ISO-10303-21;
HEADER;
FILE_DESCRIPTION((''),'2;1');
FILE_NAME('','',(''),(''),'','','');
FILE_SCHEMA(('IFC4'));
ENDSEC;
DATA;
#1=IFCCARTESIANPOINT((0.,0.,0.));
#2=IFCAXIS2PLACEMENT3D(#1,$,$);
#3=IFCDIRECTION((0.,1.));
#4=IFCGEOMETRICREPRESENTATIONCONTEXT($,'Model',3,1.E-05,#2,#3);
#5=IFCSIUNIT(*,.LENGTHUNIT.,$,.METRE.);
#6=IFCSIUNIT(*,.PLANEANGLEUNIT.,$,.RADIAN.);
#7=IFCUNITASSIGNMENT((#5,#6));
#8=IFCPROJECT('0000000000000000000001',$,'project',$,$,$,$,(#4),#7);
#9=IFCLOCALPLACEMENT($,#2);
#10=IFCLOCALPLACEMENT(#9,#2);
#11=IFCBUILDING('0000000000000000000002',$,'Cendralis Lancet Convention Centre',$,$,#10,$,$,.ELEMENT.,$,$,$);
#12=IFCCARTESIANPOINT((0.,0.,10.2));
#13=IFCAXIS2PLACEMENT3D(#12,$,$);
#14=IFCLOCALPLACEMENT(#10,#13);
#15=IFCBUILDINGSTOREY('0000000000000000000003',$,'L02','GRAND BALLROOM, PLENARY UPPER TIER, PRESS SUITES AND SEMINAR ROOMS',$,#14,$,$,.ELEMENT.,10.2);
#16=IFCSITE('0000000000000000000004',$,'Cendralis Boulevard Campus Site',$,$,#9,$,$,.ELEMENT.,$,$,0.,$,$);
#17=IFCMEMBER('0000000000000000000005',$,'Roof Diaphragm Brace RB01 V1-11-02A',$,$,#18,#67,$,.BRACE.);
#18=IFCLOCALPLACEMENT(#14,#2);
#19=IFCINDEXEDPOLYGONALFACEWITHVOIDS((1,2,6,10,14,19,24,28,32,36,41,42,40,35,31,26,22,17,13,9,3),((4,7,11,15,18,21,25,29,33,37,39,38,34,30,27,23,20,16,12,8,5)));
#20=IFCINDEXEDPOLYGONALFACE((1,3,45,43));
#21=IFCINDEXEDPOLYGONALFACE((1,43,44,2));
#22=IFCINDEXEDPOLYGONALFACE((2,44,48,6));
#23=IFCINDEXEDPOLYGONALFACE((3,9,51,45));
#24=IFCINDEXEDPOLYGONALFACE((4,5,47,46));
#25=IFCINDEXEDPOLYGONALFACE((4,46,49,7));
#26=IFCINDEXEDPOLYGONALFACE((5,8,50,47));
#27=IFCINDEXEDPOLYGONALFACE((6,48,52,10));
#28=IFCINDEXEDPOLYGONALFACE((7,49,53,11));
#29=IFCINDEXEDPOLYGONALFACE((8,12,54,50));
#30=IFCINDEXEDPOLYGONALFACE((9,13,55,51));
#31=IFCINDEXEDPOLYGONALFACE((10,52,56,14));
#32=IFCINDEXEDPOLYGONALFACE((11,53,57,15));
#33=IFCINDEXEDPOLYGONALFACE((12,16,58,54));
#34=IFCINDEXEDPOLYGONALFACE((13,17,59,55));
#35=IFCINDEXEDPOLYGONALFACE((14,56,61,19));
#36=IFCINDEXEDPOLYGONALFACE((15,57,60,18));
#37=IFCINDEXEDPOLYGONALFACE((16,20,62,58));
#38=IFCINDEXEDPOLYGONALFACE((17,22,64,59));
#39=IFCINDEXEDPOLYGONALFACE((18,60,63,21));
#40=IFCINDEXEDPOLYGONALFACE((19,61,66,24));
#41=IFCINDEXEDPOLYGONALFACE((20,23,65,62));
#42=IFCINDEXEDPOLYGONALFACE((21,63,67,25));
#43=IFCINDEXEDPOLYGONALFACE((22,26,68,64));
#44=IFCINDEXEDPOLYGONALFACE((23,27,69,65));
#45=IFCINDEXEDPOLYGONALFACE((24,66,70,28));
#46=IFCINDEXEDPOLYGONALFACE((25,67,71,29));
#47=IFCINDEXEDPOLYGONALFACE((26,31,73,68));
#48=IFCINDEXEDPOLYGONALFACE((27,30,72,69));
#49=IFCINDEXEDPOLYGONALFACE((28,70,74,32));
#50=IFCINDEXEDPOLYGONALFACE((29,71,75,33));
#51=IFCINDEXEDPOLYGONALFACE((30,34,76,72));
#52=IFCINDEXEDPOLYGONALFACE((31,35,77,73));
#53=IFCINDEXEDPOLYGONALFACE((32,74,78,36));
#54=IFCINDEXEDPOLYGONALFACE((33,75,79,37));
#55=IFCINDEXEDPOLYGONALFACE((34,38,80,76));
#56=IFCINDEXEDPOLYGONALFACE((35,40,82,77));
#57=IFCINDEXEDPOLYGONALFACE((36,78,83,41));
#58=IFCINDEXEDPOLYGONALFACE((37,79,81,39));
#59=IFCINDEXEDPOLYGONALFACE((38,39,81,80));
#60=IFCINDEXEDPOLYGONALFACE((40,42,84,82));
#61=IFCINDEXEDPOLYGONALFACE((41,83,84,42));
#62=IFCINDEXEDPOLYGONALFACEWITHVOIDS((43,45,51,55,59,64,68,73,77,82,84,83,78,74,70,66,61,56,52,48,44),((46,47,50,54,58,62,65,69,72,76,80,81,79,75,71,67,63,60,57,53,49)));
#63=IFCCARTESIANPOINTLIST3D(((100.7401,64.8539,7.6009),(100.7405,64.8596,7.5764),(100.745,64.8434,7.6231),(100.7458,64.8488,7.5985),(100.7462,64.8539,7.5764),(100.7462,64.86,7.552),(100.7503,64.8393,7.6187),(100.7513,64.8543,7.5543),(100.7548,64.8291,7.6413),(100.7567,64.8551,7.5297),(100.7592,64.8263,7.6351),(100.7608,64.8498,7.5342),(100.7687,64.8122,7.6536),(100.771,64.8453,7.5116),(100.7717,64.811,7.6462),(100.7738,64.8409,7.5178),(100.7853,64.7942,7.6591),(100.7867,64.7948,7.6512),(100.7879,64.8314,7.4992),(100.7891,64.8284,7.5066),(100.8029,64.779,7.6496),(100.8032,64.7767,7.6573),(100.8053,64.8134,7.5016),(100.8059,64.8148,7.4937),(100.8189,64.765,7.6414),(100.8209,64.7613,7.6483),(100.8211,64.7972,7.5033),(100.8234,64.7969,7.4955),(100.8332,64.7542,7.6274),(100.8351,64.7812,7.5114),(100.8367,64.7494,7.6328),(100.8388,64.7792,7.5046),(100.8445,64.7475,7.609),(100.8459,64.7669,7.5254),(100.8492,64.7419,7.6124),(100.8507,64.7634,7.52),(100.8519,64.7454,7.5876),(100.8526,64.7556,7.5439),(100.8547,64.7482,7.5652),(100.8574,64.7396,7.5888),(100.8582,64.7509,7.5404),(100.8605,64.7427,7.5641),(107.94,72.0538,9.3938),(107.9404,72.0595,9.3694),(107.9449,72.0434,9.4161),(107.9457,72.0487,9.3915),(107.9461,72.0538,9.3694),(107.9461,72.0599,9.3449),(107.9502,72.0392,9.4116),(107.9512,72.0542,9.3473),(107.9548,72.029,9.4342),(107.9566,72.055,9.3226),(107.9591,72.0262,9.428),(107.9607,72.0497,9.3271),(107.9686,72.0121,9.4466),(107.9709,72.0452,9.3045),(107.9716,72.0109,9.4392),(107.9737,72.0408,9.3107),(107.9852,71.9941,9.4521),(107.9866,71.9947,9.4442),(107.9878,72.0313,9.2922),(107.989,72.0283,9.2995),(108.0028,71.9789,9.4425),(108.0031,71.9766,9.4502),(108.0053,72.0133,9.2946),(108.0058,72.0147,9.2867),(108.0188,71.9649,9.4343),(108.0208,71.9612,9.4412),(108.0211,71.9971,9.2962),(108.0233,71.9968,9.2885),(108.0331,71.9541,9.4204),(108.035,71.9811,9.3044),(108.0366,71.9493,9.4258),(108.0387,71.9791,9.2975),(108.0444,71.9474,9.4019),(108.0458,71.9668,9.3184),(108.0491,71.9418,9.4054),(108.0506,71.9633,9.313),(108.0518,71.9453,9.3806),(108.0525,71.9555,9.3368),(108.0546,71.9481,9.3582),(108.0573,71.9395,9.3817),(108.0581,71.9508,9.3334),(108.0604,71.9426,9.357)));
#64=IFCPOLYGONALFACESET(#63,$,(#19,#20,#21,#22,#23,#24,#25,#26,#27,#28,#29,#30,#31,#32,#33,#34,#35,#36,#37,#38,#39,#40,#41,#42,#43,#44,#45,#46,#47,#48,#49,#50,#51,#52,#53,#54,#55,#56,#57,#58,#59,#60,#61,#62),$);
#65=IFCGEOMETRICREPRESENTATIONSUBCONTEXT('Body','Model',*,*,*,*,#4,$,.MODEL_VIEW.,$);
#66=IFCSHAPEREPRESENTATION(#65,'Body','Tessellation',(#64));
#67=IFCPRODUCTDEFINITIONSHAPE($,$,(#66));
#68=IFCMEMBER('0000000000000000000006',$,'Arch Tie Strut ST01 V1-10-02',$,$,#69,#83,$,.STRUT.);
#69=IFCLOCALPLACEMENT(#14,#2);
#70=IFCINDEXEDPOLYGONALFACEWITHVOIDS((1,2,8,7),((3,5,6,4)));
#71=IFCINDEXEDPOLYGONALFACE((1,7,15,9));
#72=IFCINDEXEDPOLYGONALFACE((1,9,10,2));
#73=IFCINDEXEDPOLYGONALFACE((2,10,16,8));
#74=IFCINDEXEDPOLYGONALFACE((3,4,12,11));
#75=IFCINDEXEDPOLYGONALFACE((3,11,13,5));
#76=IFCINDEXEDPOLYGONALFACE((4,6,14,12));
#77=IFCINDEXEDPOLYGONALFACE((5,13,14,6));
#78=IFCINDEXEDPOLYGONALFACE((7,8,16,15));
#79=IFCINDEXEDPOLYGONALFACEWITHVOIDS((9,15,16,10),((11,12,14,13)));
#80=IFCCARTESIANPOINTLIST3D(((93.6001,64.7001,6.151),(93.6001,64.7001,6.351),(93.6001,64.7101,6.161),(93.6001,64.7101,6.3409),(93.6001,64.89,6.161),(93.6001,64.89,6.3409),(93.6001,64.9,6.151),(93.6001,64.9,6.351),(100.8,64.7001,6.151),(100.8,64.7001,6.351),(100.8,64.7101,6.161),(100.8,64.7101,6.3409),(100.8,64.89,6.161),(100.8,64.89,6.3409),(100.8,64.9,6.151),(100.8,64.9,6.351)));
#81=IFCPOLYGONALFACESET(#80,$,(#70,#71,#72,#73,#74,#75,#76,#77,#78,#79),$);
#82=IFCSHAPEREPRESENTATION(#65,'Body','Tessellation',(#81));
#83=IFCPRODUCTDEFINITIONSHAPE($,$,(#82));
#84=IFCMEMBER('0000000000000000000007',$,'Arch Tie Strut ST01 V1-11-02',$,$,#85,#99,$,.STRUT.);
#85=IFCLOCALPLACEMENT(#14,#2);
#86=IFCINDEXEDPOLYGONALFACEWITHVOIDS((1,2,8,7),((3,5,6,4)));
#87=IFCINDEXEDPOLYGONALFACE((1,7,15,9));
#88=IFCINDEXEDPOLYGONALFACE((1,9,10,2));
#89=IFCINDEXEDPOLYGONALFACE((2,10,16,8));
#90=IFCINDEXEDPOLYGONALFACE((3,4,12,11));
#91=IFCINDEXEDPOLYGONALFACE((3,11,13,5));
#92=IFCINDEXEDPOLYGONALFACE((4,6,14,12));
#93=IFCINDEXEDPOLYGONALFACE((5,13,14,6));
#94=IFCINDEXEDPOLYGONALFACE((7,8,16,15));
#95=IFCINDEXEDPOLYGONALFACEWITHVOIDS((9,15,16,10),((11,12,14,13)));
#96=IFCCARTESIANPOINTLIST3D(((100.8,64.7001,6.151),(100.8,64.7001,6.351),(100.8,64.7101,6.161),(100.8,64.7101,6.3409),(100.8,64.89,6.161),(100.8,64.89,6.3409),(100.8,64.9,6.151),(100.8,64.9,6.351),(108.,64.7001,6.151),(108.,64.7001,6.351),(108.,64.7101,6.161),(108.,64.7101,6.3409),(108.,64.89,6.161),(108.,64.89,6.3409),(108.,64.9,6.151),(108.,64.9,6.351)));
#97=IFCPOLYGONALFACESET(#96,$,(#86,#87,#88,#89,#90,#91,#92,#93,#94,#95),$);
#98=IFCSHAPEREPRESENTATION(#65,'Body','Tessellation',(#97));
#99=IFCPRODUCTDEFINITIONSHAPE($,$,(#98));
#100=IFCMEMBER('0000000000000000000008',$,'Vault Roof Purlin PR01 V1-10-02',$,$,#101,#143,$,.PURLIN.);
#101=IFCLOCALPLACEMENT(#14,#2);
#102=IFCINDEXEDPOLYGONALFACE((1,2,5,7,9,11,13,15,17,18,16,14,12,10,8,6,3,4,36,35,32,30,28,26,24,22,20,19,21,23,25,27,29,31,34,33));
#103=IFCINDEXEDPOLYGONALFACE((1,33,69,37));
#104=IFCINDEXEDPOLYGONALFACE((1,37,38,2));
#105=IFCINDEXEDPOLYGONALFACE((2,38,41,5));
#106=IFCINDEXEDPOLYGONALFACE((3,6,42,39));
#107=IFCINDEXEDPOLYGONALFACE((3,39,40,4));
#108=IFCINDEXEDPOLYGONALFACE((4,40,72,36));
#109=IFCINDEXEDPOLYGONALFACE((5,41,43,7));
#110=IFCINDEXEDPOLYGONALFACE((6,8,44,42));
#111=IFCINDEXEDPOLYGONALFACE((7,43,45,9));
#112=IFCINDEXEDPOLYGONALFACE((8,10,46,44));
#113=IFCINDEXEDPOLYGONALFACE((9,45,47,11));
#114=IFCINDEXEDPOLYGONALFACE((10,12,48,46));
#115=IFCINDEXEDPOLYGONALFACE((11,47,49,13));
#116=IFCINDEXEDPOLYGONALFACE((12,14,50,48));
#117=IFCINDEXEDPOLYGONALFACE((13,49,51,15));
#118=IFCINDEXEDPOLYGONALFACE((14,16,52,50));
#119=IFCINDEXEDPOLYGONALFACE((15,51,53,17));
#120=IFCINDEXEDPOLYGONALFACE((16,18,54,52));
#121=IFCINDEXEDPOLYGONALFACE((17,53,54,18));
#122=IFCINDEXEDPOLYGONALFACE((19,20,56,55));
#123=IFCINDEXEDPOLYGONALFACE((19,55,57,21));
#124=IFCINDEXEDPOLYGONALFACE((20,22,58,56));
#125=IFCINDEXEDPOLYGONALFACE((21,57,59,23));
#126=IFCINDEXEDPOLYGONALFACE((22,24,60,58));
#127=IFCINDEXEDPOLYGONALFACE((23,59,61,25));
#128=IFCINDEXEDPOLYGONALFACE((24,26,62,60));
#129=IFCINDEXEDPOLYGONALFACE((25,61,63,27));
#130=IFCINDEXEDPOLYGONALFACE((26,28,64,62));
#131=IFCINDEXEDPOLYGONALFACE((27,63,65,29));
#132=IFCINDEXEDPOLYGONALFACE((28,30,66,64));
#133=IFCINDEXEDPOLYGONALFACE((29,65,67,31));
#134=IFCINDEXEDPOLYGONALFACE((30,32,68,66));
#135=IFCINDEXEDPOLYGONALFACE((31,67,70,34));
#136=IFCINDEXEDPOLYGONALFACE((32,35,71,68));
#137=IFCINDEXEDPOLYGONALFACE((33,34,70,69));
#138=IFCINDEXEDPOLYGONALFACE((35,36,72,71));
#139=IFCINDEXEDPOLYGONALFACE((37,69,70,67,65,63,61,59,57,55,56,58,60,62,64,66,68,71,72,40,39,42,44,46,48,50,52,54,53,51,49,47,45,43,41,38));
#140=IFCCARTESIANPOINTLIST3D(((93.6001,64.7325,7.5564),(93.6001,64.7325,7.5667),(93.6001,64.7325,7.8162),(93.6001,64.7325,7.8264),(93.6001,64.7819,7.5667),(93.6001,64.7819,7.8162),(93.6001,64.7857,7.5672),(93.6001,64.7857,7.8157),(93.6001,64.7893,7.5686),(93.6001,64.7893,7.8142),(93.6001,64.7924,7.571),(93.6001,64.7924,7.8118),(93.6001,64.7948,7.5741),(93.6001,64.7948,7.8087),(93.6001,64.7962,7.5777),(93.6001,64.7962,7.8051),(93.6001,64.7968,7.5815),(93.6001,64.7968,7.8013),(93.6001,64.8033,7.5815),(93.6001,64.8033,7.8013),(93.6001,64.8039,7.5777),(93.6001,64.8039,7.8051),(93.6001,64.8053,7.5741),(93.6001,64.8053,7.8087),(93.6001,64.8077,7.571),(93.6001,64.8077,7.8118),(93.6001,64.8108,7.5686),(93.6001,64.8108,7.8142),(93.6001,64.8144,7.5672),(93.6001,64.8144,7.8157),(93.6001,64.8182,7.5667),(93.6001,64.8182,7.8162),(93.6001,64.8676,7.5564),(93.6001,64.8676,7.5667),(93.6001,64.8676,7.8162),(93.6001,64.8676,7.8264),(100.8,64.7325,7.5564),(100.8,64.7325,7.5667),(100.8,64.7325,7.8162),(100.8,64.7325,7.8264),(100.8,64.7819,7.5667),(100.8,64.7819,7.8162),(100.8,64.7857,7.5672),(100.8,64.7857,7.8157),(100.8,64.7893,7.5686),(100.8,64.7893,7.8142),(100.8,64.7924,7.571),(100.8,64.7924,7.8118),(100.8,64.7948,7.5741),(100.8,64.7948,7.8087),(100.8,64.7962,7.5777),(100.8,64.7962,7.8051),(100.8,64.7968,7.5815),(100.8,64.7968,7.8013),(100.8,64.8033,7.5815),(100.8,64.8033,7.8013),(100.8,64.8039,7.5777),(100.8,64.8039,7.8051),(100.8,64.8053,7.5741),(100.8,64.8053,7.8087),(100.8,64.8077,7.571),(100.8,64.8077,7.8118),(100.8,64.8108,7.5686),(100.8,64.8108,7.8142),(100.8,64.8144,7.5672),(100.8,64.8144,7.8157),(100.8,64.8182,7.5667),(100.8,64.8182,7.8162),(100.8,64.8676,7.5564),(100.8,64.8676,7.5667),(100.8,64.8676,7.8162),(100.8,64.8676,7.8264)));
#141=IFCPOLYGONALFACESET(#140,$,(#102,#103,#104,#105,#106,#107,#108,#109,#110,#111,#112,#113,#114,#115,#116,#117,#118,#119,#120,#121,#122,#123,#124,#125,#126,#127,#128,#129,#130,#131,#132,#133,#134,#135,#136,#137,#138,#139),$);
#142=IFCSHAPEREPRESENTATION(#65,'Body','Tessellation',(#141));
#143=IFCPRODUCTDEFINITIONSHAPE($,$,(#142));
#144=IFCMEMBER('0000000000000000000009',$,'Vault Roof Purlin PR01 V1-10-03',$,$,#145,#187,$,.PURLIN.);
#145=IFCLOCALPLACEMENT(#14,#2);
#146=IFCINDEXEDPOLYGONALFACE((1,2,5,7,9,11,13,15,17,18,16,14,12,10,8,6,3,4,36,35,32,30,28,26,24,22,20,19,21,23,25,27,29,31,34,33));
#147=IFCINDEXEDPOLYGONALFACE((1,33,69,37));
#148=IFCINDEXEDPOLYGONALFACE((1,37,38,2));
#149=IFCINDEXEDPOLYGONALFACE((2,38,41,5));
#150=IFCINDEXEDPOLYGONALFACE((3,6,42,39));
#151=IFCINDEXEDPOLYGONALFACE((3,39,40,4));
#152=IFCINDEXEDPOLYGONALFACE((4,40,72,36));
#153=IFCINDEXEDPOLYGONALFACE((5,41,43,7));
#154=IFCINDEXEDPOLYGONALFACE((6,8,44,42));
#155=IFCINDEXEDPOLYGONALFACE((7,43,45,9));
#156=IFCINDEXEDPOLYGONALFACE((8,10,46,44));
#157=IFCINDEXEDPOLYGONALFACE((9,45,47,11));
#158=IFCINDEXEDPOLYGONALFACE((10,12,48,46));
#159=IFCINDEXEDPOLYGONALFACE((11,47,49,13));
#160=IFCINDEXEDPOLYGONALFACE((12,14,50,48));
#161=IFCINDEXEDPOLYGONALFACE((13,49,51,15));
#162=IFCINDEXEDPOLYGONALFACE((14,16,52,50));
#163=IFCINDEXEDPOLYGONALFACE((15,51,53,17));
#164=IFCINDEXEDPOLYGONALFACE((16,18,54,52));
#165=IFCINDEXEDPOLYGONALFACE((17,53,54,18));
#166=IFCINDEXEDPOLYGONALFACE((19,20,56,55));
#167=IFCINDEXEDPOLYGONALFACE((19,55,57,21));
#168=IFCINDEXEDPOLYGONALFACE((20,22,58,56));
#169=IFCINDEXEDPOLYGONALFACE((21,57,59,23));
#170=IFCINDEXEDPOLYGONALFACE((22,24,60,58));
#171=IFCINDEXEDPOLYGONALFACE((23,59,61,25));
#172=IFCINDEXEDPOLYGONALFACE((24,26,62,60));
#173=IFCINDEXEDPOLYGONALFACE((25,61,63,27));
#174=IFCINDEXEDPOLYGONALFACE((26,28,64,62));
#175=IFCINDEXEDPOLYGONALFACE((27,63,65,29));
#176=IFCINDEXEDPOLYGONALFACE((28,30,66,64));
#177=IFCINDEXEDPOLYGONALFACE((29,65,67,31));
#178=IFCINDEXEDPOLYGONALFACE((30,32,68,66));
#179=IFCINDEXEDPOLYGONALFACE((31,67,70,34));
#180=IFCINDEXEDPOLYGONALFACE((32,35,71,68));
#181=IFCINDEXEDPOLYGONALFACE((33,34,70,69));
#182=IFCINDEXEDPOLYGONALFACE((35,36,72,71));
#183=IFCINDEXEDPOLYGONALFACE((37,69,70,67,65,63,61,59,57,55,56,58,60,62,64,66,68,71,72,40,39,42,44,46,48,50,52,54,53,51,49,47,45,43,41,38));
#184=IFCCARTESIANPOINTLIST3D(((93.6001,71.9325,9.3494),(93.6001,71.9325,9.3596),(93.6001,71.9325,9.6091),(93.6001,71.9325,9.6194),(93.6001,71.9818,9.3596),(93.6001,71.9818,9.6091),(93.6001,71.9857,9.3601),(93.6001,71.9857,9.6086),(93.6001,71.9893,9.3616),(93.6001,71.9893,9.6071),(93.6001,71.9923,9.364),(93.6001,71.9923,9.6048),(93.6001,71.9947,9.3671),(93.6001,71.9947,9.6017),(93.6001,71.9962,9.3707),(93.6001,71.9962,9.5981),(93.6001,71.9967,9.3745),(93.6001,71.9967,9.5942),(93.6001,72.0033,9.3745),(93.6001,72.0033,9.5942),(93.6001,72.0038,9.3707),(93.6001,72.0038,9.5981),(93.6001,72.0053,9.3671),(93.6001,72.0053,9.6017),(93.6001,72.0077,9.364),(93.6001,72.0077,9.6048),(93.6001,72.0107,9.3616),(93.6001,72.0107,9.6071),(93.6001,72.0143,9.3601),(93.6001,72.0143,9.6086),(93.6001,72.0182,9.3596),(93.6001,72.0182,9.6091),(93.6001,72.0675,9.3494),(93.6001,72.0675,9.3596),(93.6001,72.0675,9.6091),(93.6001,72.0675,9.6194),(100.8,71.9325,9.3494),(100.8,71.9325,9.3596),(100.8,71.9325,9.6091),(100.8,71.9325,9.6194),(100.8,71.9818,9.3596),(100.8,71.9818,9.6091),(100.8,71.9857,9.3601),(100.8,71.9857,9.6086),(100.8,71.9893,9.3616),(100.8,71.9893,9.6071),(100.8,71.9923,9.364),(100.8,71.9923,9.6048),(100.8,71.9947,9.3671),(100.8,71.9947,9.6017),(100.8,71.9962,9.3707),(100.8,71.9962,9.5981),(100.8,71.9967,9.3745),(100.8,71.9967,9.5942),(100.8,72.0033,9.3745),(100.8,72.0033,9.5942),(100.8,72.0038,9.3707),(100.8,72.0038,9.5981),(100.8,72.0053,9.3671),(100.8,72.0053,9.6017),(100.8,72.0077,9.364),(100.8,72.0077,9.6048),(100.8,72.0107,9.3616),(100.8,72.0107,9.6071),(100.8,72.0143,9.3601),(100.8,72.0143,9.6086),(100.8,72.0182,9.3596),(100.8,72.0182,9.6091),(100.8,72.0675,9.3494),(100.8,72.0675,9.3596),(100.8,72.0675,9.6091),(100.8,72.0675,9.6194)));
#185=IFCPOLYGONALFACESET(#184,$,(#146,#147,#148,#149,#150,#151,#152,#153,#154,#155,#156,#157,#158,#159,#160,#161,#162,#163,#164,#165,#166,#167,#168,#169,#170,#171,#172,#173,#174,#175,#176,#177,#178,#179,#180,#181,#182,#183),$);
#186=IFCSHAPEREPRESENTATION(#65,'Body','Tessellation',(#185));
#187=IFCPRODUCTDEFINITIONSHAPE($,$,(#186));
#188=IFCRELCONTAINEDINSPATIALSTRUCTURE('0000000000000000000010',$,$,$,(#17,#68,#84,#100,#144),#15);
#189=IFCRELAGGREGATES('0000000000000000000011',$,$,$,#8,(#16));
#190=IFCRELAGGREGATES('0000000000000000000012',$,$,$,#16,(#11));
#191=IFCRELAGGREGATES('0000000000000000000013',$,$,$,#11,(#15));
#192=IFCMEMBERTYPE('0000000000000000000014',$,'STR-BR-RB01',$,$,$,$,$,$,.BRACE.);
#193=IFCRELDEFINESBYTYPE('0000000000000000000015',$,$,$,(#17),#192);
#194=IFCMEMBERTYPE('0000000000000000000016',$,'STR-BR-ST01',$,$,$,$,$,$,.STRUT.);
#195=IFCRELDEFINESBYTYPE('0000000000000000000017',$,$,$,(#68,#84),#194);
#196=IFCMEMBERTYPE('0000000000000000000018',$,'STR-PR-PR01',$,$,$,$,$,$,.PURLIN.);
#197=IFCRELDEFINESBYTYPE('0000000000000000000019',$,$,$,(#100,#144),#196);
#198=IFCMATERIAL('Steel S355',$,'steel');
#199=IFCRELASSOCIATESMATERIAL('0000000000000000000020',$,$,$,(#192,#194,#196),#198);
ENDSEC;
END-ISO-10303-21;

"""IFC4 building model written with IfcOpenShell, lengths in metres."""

from ifc_helpers import new_model, si_unit, direction, frame, origin, origin_2d, place, context, subcontext, project, spatial, hollow_rectangle, hollow_circle, i_section, extrude, material, material_profile, profile_set, type_object, element, save


model = new_model("IFC4")

# Units and contexts
model_context = context("Model", 3, precision=1e-05, world=origin(), true_north=direction((0.0, 1.0)))
body_context = subcontext(model_context, "Body", "Model", "MODEL_VIEW")
ifc_project = project(units=[si_unit("LENGTHUNIT", "METRE"), si_unit("PLANEANGLEUNIT", "RADIAN")], contexts=[model_context])

# Site, building, storey
site_placement = place(None, origin())
site = spatial("IfcSite", under=ifc_project, at=site_placement, Name="Cendralis Boulevard Campus Site", CompositionType="ELEMENT", RefElevation=0.0)
building_placement = place(site_placement, origin())
building = spatial("IfcBuilding", under=site, at=building_placement, Name="Cendralis Lancet Convention Centre", CompositionType="ELEMENT")
storey_placement = place(building_placement, frame((0.0, 0.0, 10.2)))
storey = spatial("IfcBuildingStorey", under=building, at=storey_placement, Name="L02", Description="GRAND BALLROOM, PLENARY UPPER TIER, PRESS SUITES AND SEMINAR ROOMS", CompositionType="ELEMENT", Elevation=10.2)

# Members
ifc_material = material(Name="Steel S355", Category="steel")
ifc_material_profile_1 = material_profile(ifc_material, hollow_circle(Radius=0.0842, WallThickness=0.0081, at=origin_2d()), Name="CHS 168.3x8.0")
ifc_profile_set_1 = profile_set([ifc_material_profile_1], Name="Steel S355")
member_type_1 = type_object("IfcMemberType", Name="STR-BR-RB01", PredefinedType="BRACE", material=ifc_profile_set_1)
member_1_placement = place(storey_placement, frame((100.8, 64.8, 7.5764), z_axis=(0.696393, 0.696393, 0.173419), x_axis=(-0.707107, 0.707107, 0.0)))
element("IfcMember", 1, at=member_1_placement, inside=storey, type_object=member_type_1, Name="Roof Diaphragm Brace RB01 V1-11-02A", PredefinedType="BRACE", context=body_context, shape_type="SweptSolid", body=[
    extrude(hollow_circle(Radius=0.0842, WallThickness=0.0081, at=origin_2d()), origin(), (0.0, 0.0, 1.0), 10.3389),
])
ifc_material_profile_2 = material_profile(ifc_material, hollow_rectangle(XDim=0.2, YDim=0.2, WallThickness=0.01, at=origin_2d()), Name="SHS 200x200x10.0")
ifc_profile_set_2 = profile_set([ifc_material_profile_2], Name="Steel S355")
member_type_2 = type_object("IfcMemberType", Name="STR-BR-ST01", PredefinedType="STRUT", material=ifc_profile_set_2)
for number, where, z_axis, x_axis, name in (
    (2, (93.6001, 64.8, 6.251), (1.0, 0.0, 0.0), (0.0, 1.0, 0.0), "Arch Tie Strut ST01 V1-10-02"),
    (3, (100.8, 64.8, 6.251), (1.0, 0.0, 0.0), (0.0, 1.0, 0.0), "Arch Tie Strut ST01 V1-11-02"),
):
    element("IfcMember", number, at=place(storey_placement, frame(where, z_axis=z_axis, x_axis=x_axis)), inside=storey, type_object=member_type_2, Name=name, PredefinedType="STRUT", context=body_context, shape_type="SweptSolid", body=[
        extrude(hollow_rectangle(XDim=0.2, YDim=0.2, WallThickness=0.01, at=origin_2d()), origin(), (0.0, 0.0, 1.0), 7.2),
    ])
ifc_material_profile_3 = material_profile(ifc_material, i_section(OverallWidth=0.135, OverallDepth=0.27, WebThickness=0.0066, FlangeThickness=0.0103, FilletRadius=0.0149, at=origin_2d()), Name="IPE 270")
ifc_profile_set_3 = profile_set([ifc_material_profile_3], Name="Steel S355")
member_type_3 = type_object("IfcMemberType", Name="STR-PR-PR01", PredefinedType="PURLIN", material=ifc_profile_set_3)
for number, where, z_axis, x_axis, name in (
    (4, (93.6001, 64.8, 7.6914), (1.0, 0.0, 0.0), (0.0, 1.0, 0.0), "Vault Roof Purlin PR01 V1-10-02"),
    (5, (93.6001, 72.0, 9.4844), (1.0, 0.0, 0.0), (0.0, 1.0, 0.0), "Vault Roof Purlin PR01 V1-10-03"),
):
    element("IfcMember", number, at=place(storey_placement, frame(where, z_axis=z_axis, x_axis=x_axis)), inside=storey, type_object=member_type_3, Name=name, PredefinedType="PURLIN", context=body_context, shape_type="SweptSolid", body=[
        extrude(i_section(OverallWidth=0.135, OverallDepth=0.27, WebThickness=0.0066, FlangeThickness=0.0103, FilletRadius=0.0149, at=origin_2d()), origin(), (0.0, 0.0, 1.0), 7.2),
    ])

save(model, "model.ifc")
